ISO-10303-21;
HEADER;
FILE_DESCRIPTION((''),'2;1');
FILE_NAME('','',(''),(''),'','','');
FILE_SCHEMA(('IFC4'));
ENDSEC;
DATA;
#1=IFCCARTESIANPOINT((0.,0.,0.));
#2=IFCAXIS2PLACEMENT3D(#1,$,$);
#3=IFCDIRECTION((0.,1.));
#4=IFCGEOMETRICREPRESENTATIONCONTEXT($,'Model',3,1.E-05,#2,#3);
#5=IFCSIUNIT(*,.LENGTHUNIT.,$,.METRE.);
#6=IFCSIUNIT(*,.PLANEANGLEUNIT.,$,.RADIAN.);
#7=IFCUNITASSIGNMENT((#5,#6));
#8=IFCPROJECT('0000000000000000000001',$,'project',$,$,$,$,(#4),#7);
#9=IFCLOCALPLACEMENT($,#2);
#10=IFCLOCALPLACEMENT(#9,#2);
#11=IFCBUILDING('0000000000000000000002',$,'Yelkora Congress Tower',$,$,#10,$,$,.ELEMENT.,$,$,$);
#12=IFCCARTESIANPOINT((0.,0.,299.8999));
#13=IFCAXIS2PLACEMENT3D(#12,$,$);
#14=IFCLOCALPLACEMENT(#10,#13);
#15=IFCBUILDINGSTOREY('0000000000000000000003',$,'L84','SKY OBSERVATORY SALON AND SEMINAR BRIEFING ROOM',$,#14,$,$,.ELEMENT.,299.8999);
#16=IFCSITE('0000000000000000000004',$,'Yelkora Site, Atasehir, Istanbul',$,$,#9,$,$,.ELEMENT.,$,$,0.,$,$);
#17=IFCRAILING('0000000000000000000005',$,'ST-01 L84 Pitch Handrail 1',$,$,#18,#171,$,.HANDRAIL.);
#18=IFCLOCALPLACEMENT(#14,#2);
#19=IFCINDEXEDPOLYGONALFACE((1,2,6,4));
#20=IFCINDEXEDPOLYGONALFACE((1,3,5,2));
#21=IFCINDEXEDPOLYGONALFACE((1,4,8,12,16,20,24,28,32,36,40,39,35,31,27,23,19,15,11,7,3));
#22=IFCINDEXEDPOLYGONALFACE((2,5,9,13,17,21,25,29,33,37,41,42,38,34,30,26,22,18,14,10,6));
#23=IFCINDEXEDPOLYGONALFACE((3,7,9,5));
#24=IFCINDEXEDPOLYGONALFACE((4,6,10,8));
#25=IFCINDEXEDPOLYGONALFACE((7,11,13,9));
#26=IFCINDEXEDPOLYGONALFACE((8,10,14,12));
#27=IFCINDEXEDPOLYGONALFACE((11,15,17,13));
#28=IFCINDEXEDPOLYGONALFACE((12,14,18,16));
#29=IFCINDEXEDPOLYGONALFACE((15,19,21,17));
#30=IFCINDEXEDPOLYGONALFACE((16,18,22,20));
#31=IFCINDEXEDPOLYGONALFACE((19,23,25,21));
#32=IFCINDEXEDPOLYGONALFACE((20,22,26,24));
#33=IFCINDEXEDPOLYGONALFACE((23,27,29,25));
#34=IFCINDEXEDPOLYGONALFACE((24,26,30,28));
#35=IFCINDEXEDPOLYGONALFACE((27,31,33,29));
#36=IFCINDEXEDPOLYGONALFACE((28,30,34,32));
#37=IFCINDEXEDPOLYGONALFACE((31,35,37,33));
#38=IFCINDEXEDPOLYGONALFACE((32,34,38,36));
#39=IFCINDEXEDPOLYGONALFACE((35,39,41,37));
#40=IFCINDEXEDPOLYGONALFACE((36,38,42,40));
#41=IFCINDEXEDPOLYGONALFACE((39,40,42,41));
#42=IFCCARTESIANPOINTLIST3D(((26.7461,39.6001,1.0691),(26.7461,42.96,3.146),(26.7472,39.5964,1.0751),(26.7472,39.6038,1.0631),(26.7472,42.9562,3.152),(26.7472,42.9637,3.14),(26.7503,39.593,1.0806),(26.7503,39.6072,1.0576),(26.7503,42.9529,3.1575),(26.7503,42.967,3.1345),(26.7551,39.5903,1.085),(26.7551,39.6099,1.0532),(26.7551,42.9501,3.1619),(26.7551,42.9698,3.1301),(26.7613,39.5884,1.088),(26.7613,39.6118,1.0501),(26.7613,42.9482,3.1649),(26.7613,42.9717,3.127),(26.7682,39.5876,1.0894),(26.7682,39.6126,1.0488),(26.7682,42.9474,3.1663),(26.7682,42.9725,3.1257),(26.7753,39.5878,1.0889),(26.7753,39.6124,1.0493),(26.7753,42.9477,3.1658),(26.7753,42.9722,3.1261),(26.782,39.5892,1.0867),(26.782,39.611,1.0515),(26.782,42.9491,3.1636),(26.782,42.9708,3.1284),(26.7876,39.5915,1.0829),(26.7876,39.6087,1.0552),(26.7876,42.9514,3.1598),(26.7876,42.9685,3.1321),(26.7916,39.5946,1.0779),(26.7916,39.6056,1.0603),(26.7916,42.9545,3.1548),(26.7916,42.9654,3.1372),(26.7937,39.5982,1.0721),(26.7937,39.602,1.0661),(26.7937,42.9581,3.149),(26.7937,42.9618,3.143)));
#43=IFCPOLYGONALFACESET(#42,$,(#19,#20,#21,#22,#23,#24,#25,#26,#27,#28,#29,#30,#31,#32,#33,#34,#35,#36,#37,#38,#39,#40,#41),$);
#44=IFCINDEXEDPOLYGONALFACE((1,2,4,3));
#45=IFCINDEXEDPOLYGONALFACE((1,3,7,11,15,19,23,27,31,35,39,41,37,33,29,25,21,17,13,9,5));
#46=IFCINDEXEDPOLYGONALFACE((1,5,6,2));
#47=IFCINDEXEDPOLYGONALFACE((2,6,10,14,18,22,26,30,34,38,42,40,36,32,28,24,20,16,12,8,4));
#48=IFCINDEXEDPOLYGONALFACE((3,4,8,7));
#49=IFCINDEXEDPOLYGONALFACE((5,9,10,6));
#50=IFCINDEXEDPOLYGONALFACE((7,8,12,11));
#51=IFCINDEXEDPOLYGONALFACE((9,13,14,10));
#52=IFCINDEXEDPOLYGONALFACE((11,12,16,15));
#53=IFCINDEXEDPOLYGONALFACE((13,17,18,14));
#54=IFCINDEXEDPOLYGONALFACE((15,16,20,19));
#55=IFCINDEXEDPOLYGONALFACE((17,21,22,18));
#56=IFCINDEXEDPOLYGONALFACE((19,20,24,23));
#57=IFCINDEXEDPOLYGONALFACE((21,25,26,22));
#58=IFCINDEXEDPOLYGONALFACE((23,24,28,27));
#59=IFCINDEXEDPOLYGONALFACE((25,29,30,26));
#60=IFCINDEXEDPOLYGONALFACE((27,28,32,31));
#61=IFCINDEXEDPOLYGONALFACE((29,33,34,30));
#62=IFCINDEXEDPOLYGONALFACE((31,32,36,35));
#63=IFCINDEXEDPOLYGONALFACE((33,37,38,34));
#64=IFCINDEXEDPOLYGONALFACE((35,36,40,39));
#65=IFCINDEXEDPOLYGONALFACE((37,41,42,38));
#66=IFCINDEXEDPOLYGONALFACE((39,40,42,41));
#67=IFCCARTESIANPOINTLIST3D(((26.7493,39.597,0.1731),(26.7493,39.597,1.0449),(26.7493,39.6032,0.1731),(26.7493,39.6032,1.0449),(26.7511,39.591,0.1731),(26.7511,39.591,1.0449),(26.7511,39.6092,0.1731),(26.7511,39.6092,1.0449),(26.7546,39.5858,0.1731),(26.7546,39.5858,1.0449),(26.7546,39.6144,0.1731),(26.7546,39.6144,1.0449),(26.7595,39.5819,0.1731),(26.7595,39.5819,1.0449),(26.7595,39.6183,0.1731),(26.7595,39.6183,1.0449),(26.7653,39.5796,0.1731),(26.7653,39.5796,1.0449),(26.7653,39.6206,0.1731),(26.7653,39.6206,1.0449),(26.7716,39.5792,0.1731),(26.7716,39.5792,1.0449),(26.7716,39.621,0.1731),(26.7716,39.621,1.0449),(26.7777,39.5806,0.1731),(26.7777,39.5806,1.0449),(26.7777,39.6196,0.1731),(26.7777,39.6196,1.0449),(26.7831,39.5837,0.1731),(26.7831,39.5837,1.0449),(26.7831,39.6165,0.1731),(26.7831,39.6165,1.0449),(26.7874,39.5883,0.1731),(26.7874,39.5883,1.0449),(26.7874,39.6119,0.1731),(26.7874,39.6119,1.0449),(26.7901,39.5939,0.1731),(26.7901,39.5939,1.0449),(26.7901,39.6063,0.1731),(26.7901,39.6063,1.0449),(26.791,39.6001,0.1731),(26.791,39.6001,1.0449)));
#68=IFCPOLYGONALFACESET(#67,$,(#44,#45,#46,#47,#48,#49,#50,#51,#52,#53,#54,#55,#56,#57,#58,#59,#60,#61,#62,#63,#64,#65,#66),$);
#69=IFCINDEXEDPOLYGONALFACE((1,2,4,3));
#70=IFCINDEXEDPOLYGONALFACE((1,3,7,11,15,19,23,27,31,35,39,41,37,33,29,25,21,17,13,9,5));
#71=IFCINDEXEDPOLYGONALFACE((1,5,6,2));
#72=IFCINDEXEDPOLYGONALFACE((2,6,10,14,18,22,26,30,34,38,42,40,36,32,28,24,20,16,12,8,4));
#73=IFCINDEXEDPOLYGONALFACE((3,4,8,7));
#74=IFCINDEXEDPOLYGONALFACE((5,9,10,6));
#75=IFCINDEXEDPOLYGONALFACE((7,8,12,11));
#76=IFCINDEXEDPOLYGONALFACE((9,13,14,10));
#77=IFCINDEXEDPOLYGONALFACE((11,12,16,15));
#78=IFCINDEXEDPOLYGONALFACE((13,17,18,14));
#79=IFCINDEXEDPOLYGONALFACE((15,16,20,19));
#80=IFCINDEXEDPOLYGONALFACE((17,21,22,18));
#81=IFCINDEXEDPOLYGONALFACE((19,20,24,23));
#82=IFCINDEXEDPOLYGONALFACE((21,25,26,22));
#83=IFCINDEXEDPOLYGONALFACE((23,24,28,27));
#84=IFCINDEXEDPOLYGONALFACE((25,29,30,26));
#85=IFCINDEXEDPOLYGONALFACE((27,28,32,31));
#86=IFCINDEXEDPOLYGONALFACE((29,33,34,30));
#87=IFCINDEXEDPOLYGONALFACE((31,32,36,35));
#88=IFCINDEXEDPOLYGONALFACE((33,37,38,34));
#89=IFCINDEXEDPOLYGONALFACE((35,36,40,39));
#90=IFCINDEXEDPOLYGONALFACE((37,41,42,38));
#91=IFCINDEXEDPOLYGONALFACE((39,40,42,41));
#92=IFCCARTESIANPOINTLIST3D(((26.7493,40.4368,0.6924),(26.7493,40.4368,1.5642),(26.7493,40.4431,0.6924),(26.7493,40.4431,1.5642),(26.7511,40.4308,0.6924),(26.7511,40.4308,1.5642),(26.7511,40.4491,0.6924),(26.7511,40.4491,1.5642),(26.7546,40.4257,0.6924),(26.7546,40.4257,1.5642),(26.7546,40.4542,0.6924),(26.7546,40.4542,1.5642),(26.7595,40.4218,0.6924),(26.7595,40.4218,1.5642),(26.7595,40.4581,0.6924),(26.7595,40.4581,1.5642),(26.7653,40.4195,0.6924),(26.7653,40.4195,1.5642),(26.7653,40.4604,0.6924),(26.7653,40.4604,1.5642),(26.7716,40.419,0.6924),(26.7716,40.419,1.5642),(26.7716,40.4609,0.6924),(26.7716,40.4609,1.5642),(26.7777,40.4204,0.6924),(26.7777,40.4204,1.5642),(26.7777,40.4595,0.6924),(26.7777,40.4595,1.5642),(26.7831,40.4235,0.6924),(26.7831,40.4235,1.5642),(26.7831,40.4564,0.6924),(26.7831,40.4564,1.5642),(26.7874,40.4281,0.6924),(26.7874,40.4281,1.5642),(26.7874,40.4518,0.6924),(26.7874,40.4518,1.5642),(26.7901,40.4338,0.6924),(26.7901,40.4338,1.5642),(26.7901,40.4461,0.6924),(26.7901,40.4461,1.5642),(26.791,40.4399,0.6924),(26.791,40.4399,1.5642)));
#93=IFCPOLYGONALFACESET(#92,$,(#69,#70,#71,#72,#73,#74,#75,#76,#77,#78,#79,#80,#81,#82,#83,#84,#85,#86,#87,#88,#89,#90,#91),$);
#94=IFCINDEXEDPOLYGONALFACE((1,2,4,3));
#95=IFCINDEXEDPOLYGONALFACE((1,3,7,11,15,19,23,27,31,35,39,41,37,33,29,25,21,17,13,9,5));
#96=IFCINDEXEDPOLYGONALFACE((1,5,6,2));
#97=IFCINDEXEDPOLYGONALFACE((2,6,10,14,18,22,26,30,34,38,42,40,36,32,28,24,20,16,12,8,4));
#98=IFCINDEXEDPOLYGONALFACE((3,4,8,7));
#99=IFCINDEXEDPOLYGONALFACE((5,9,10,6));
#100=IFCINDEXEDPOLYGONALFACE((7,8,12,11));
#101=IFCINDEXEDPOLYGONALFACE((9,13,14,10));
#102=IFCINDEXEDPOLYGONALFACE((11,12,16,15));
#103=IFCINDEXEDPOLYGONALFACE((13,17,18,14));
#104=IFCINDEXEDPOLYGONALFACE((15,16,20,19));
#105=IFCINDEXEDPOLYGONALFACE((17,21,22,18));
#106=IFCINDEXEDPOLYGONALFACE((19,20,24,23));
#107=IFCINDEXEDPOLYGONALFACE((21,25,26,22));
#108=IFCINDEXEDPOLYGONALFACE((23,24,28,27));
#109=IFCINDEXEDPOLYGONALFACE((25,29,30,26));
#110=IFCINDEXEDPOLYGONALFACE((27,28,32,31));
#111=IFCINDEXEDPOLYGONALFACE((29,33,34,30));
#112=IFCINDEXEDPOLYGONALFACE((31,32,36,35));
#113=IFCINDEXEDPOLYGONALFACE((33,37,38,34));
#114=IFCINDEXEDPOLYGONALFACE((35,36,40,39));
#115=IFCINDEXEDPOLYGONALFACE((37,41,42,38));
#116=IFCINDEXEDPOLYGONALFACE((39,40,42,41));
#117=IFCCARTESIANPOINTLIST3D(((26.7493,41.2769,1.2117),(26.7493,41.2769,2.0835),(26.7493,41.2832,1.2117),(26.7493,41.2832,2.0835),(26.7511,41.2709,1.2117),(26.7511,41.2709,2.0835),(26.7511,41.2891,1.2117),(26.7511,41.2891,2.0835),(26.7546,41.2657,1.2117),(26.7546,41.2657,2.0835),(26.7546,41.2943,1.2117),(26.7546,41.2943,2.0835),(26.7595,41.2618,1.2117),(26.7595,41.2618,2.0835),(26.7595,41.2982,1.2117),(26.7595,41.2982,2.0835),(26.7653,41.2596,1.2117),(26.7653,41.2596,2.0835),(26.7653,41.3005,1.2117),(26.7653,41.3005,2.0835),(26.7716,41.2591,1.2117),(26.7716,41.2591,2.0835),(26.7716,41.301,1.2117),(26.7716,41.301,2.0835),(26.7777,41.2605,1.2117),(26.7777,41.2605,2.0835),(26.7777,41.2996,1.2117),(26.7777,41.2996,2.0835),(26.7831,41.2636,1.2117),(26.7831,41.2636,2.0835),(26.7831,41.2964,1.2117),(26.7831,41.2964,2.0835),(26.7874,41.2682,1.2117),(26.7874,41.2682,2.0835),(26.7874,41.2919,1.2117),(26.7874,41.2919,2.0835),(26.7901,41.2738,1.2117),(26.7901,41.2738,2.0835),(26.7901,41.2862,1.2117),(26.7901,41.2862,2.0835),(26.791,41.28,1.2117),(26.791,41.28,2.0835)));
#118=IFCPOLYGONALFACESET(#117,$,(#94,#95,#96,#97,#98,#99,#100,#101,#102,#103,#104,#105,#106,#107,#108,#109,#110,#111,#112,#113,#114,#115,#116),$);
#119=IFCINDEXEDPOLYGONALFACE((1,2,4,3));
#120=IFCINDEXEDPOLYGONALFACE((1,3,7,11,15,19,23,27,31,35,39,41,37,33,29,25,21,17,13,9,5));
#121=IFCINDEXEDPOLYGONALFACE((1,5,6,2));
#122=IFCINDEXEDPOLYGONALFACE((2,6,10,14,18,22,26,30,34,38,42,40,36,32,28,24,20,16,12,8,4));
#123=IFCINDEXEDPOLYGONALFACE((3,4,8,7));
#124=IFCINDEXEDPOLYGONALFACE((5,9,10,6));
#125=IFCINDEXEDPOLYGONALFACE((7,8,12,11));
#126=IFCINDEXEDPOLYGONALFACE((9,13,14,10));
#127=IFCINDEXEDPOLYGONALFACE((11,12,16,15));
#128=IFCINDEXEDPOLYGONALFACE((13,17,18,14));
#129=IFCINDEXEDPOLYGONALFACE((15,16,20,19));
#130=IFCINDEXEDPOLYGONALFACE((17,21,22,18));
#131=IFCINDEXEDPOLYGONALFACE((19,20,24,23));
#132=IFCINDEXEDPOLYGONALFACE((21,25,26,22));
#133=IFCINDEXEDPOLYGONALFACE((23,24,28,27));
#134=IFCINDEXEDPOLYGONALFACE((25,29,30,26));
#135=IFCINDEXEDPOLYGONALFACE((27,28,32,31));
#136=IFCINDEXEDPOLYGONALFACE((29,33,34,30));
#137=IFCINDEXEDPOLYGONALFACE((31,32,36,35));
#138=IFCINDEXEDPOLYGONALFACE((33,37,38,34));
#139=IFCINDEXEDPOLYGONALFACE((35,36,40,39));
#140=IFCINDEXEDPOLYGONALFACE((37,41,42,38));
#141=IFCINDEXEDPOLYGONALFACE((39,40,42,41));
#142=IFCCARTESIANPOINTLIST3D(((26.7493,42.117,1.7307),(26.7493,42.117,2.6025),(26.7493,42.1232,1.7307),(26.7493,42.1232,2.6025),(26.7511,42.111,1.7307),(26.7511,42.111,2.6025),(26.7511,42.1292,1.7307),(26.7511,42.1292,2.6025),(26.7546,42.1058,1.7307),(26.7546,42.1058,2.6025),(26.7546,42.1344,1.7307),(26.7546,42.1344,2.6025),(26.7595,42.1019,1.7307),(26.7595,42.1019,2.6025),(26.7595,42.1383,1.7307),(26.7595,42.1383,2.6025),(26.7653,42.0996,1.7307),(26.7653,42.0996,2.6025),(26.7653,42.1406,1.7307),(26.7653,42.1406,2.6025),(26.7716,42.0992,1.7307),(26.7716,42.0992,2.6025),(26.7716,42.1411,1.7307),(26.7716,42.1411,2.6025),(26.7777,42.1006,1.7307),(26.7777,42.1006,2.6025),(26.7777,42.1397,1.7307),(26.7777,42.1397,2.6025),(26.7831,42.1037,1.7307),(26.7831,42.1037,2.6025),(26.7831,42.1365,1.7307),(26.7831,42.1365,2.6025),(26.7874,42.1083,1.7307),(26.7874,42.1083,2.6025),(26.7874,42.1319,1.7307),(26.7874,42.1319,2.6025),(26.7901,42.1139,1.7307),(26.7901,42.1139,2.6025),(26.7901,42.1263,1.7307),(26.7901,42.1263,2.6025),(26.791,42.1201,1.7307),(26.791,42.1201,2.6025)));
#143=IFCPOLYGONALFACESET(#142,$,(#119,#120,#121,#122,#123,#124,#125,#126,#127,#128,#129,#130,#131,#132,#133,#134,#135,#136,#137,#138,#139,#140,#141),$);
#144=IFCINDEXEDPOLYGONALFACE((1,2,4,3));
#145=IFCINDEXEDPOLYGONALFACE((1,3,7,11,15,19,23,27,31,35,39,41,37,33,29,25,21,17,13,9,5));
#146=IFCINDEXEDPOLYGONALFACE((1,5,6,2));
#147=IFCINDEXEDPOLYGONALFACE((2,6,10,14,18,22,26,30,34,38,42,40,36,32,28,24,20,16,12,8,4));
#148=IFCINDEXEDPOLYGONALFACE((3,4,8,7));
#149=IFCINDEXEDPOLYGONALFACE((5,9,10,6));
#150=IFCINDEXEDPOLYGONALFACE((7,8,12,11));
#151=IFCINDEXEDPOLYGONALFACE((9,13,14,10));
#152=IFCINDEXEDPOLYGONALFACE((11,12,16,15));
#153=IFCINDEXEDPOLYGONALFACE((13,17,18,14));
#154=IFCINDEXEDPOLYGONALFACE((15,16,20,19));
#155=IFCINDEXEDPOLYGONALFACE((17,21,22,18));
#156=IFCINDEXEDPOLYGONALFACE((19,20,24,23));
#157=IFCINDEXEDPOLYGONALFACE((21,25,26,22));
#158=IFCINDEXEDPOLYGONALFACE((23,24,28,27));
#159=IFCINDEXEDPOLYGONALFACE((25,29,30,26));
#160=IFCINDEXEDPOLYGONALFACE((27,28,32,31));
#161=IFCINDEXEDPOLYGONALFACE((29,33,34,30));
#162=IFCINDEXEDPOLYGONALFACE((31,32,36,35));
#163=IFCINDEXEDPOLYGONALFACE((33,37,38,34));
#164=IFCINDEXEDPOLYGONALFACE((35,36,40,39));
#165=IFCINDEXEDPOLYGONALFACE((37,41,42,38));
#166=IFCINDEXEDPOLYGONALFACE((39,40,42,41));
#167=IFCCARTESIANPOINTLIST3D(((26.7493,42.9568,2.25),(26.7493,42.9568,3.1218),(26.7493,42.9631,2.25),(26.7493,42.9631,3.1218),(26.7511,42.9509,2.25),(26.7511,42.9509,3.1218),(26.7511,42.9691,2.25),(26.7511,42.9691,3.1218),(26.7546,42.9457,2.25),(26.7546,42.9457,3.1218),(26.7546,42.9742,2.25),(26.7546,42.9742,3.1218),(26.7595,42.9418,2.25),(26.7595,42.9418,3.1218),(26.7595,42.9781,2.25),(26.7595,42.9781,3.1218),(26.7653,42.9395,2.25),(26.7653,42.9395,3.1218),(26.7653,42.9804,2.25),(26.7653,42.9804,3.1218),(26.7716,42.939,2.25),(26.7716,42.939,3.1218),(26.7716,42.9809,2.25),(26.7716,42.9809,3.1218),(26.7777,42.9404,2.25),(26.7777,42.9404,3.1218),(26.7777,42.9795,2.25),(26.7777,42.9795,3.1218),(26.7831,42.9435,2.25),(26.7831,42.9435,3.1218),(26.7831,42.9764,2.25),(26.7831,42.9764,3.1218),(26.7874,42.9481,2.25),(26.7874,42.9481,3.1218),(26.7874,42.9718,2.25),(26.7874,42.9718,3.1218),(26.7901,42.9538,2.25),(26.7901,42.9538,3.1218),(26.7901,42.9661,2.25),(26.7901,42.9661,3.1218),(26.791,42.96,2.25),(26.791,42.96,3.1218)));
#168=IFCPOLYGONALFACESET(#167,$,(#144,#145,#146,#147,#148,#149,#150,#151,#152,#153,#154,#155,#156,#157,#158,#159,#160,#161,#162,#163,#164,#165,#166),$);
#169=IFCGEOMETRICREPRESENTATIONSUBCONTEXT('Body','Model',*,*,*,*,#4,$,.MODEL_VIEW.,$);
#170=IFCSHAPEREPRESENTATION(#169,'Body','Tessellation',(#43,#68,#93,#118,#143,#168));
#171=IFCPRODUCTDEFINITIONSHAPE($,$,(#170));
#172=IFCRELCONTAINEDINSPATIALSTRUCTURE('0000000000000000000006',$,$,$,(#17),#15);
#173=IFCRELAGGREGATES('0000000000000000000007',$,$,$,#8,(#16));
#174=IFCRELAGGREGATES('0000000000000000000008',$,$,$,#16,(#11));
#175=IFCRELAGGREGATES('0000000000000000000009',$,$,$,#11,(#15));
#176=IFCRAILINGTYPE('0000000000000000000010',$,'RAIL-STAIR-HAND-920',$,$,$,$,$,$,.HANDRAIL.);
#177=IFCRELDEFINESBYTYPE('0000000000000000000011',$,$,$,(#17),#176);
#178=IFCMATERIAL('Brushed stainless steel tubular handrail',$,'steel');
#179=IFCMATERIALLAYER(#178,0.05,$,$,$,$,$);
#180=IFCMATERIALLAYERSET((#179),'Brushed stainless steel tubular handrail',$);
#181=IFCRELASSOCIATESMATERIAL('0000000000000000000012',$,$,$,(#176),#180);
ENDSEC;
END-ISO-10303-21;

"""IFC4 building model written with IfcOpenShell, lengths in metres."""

from ifc_helpers import new_model, si_unit, direction, frame, origin, origin_2d, place, context, subcontext, project, spatial, circle, extrude, material, layer, layer_set, type_object, element, save


model = new_model("IFC4")

# Units and contexts
model_context = context("Model", 3, precision=1e-05, world=origin(), true_north=direction((0.0, 1.0)))
body_context = subcontext(model_context, "Body", "Model", "MODEL_VIEW")
ifc_project = project(units=[si_unit("LENGTHUNIT", "METRE"), si_unit("PLANEANGLEUNIT", "RADIAN")], contexts=[model_context])

# Site, building, storey
site_placement = place(None, origin())
site = spatial("IfcSite", under=ifc_project, at=site_placement, Name="Yelkora Site, Atasehir, Istanbul", CompositionType="ELEMENT", RefElevation=0.0)
building_placement = place(site_placement, origin())
building = spatial("IfcBuilding", under=site, at=building_placement, Name="Yelkora Congress Tower", CompositionType="ELEMENT")
storey_placement = place(building_placement, frame((0.0, 0.0, 299.8999)))
storey = spatial("IfcBuildingStorey", under=building, at=storey_placement, Name="L84", Description="SKY OBSERVATORY SALON AND SEMINAR BRIEFING ROOM", CompositionType="ELEMENT", Elevation=299.8999)

# Railing
ifc_material_1 = material(Name="Brushed stainless steel tubular handrail", Category="steel")
ifc_layer_1 = layer(ifc_material_1, 0.05)
ifc_layer_set_1 = layer_set([ifc_layer_1], Name="Brushed stainless steel tubular handrail")
railing_type_1 = type_object("IfcRailingType", Name="RAIL-STAIR-HAND-920", PredefinedType="HANDRAIL", material=ifc_layer_set_1)
railing_1_placement = place(storey_placement, frame((26.77, 39.6001, 0.1731)))
element("IfcRailing", 1, at=railing_1_placement, inside=storey, type_object=railing_type_1, Name="ST-01 L84 Pitch Handrail 1", PredefinedType="HANDRAIL", context=body_context, shape_type="SweptSolid", body=[
    extrude(circle(Radius=0.0239, at=origin_2d()), frame((0.0, 0.0, 0.896), z_axis=(0.0, 0.850606, 0.525803), x_axis=(-1.0, 0.0, 0.0)), (0.0, 0.0, 1.0), 3.95),
    extrude(circle(Radius=0.021, at=origin_2d()), origin(), (0.0, 0.0, 1.0), 0.8718),
    extrude(circle(Radius=0.021, at=origin_2d()), frame((0.0, 0.8398, 0.5193)), (0.0, 0.0, 1.0), 0.8718),
    extrude(circle(Radius=0.021, at=origin_2d()), frame((0.0, 1.6799, 1.0386)), (0.0, 0.0, 1.0), 0.8718),
    extrude(circle(Radius=0.021, at=origin_2d()), frame((0.0, 2.52, 1.5576)), (0.0, 0.0, 1.0), 0.8718),
    extrude(circle(Radius=0.021, at=origin_2d()), frame((0.0, 3.3599, 2.0769)), (0.0, 0.0, 1.0), 0.8718),
])

save(model, "model.ifc")
